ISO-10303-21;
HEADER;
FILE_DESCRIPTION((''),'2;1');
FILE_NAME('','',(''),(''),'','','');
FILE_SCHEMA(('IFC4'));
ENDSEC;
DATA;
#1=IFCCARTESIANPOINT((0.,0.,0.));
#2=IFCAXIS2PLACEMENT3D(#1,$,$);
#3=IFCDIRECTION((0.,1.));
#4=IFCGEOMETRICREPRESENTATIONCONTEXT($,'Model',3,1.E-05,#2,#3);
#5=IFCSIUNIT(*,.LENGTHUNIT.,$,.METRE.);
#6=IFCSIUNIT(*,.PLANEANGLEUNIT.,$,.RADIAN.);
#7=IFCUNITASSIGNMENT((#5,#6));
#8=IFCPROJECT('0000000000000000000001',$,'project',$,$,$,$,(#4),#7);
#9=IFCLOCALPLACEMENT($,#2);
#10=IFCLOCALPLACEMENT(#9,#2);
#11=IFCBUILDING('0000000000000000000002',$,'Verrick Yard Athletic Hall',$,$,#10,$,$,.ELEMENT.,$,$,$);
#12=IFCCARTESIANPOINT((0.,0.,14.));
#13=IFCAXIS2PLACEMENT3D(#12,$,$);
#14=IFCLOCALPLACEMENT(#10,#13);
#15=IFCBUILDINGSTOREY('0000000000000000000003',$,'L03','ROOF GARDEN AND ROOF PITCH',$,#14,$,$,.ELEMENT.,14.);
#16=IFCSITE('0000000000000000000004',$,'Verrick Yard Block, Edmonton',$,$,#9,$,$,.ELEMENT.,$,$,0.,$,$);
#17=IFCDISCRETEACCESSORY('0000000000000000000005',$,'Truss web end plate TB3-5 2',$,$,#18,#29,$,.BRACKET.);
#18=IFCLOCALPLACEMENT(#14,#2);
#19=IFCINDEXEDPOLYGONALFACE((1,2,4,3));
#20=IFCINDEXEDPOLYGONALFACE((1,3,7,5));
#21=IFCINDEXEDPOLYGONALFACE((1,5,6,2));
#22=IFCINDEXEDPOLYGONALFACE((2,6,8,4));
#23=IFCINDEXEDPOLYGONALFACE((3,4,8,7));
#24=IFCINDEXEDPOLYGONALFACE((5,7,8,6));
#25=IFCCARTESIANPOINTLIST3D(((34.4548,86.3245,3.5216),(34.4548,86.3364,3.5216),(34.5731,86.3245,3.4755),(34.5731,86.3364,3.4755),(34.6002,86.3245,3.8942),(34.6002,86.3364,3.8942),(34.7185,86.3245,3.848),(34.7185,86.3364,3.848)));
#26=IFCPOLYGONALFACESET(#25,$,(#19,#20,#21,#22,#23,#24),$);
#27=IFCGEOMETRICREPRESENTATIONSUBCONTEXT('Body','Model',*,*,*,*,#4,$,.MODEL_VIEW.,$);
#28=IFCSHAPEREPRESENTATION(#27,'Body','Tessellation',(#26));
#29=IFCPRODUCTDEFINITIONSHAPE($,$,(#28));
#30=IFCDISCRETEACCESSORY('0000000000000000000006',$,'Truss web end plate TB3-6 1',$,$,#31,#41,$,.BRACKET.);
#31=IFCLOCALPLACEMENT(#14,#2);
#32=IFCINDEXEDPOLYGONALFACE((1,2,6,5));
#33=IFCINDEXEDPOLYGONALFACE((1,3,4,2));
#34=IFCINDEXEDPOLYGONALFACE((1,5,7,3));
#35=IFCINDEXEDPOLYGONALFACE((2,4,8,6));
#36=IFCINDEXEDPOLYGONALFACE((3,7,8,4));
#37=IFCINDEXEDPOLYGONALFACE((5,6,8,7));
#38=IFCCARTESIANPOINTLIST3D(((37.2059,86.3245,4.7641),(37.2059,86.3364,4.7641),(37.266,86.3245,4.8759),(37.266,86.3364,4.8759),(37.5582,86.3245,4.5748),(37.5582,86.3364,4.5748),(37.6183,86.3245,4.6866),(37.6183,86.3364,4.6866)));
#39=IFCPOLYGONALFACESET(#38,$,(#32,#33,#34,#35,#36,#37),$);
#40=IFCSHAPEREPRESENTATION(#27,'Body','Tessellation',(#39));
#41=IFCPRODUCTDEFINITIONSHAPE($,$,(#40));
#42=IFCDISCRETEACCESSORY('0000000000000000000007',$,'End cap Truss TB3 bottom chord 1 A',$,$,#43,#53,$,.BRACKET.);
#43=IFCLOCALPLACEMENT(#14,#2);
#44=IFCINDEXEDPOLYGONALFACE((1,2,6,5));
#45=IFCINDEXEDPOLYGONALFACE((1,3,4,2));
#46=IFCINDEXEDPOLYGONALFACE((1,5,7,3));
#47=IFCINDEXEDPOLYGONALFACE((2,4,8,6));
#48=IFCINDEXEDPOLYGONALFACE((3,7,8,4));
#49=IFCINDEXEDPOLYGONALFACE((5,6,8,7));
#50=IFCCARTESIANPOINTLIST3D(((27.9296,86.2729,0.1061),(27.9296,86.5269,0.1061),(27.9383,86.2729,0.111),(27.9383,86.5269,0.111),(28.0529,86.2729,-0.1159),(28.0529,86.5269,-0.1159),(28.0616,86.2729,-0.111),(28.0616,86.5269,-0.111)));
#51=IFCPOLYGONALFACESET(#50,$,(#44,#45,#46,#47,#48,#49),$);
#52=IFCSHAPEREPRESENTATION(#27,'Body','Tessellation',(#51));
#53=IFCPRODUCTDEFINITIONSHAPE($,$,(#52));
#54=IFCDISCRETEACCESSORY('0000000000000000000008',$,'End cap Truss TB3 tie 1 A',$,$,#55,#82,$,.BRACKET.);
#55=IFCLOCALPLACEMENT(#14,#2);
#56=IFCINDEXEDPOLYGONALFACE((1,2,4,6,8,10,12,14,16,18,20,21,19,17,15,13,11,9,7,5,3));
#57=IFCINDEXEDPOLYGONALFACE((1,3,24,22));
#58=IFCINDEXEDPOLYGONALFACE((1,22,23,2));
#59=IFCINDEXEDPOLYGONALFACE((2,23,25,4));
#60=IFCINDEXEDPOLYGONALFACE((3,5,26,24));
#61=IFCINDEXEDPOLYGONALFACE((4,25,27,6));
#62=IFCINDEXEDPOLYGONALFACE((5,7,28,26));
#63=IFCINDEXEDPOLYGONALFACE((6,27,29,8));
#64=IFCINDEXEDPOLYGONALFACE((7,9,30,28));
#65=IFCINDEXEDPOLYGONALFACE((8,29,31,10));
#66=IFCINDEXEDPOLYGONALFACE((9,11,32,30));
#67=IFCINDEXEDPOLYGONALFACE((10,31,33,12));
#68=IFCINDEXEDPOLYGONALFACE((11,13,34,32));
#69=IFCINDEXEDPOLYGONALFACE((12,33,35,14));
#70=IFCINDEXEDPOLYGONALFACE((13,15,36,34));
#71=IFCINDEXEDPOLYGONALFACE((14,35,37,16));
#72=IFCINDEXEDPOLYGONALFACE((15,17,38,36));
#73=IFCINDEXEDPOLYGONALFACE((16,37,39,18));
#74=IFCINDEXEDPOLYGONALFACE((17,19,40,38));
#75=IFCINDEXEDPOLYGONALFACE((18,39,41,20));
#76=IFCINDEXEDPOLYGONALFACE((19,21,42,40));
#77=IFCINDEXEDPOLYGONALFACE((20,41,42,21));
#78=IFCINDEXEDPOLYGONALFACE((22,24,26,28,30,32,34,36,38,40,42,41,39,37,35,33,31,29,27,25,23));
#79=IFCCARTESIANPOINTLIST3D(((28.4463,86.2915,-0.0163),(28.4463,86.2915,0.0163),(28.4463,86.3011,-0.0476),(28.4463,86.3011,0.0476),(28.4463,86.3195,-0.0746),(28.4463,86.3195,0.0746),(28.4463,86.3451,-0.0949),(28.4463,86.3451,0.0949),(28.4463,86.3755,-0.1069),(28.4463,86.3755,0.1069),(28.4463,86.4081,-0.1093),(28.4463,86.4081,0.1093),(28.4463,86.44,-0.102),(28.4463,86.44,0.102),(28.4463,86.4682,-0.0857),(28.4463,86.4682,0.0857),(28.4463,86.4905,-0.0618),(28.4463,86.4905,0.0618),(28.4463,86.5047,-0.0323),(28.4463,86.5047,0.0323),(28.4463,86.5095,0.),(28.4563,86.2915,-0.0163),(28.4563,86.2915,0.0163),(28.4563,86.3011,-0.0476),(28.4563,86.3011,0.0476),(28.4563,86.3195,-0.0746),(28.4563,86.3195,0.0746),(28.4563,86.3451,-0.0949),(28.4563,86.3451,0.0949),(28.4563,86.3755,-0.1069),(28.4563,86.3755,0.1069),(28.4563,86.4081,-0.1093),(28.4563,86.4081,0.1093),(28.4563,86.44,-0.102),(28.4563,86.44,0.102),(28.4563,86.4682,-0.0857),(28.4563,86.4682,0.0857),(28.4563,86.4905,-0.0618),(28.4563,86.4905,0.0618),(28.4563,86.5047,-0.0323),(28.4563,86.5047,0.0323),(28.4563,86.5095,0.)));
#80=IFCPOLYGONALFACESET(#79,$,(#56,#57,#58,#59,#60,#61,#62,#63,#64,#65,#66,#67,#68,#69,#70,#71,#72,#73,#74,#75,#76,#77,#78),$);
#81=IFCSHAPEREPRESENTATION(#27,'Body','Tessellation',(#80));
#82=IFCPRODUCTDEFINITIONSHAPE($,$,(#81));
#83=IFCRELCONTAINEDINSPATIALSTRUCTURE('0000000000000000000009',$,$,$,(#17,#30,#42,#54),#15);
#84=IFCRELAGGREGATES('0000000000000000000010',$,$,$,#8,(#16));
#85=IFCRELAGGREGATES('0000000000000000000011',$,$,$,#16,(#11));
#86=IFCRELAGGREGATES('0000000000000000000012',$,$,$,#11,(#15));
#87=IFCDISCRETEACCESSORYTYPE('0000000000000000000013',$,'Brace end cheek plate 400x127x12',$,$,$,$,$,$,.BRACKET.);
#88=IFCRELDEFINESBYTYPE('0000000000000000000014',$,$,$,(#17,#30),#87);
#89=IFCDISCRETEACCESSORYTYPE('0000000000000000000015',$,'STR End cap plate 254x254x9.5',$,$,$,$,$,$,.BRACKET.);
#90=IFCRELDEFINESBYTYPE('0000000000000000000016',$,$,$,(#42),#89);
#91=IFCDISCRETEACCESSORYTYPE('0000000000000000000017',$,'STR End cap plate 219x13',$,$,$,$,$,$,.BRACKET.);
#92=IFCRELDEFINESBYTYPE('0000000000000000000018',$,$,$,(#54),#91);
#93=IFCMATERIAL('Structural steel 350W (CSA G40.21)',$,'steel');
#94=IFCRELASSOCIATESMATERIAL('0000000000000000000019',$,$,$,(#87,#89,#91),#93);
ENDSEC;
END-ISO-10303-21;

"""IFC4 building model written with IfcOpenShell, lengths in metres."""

from ifc_helpers import new_model, si_unit, direction, frame, origin, origin_2d, place, context, subcontext, project, spatial, rectangle, circle, extrude, material, material_profile, profile_set, type_object, element, save


model = new_model("IFC4")

# Units and contexts
model_context = context("Model", 3, precision=1e-05, world=origin(), true_north=direction((0.0, 1.0)))
body_context = subcontext(model_context, "Body", "Model", "MODEL_VIEW")
ifc_project = project(units=[si_unit("LENGTHUNIT", "METRE"), si_unit("PLANEANGLEUNIT", "RADIAN")], contexts=[model_context])

# Site, building, storey
site_placement = place(None, origin())
site = spatial("IfcSite", under=ifc_project, at=site_placement, Name="Verrick Yard Block, Edmonton", CompositionType="ELEMENT", RefElevation=0.0)
building_placement = place(site_placement, origin())
building = spatial("IfcBuilding", under=site, at=building_placement, Name="Verrick Yard Athletic Hall", CompositionType="ELEMENT")
storey_placement = place(building_placement, frame((0.0, 0.0, 14.0)))
storey = spatial("IfcBuildingStorey", under=building, at=storey_placement, Name="L03", Description="ROOF GARDEN AND ROOF PITCH", CompositionType="ELEMENT", Elevation=14.0)

# Discrete accessories
ifc_material_1 = material(Name="Structural steel 350W (CSA G40.21)", Category="steel")
ifc_material_profile_1 = material_profile(ifc_material_1, rectangle(XDim=0.3999, YDim=0.127, at=origin_2d()), Name="Brace end cheek plate")
ifc_profile_set_1 = profile_set([ifc_material_profile_1], Name="Structural steel 350W (CSA G40.21)")
discrete_accessory_type_1 = type_object("IfcDiscreteAccessoryType", Name="Brace end cheek plate 400x127x12", PredefinedType="BRACKET", material=ifc_profile_set_1)
for number, where, z_axis, x_axis, name in (
    (1, (34.5867, 86.3364, 3.6848), (0.0, -1.0, 0.0), (0.363563, 0.0, 0.93157), "Truss web end plate TB3-5 2"),
    (2, (37.4121, 86.3364, 4.7253), (0.0, -1.0, 0.0), (-0.88092, 0.0, 0.473265), "Truss web end plate TB3-6 1"),
):
    element("IfcDiscreteAccessory", number, at=place(storey_placement, frame(where, z_axis=z_axis, x_axis=x_axis)), inside=storey, type_object=discrete_accessory_type_1, Name=name, PredefinedType="BRACKET", context=body_context, shape_type="SweptSolid", body=[
        extrude(rectangle(XDim=0.3999, YDim=0.127, at=origin_2d()), origin(), (0.0, 0.0, 1.0), 0.012),
    ])
ifc_material_profile_2 = material_profile(ifc_material_1, rectangle(XDim=0.2539, YDim=0.2539, at=origin_2d()), Name="STR End cap plate 254x254x9.5")
ifc_profile_set_2 = profile_set([ifc_material_profile_2], Name="Structural steel 350W (CSA G40.21)")
discrete_accessory_type_2 = type_object("IfcDiscreteAccessoryType", Name="STR End cap plate 254x254x9.5", PredefinedType="BRACKET", material=ifc_profile_set_2)
discrete_accessory_1_placement = place(storey_placement, frame((27.9912, 86.3999, -0.0049), z_axis=(0.874157, 0.0, 0.485643), x_axis=(0.0, 1.0, 0.0)))
element("IfcDiscreteAccessory", 3, at=discrete_accessory_1_placement, inside=storey, type_object=discrete_accessory_type_2, Name="End cap Truss TB3 bottom chord 1 A", PredefinedType="BRACKET", context=body_context, shape_type="SweptSolid", body=[
    extrude(rectangle(XDim=0.2539, YDim=0.2539, at=origin_2d()), origin(), (0.0, 0.0, 1.0), 0.01),
])
ifc_material_profile_3 = material_profile(ifc_material_1, circle(Radius=0.1096, at=origin_2d()), Name="STR End cap plate 219x13")
ifc_profile_set_3 = profile_set([ifc_material_profile_3], Name="Structural steel 350W (CSA G40.21)")
discrete_accessory_type_3 = type_object("IfcDiscreteAccessoryType", Name="STR End cap plate 219x13", PredefinedType="BRACKET", material=ifc_profile_set_3)
discrete_accessory_2_placement = place(storey_placement, frame((28.4463, 86.3999, 0.0), z_axis=(1.0, 0.0, 0.0), x_axis=(0.0, 1.0, 0.0)))
element("IfcDiscreteAccessory", 4, at=discrete_accessory_2_placement, inside=storey, type_object=discrete_accessory_type_3, Name="End cap Truss TB3 tie 1 A", PredefinedType="BRACKET", context=body_context, shape_type="SweptSolid", body=[
    extrude(circle(Radius=0.1096, at=origin_2d()), origin(), (0.0, 0.0, 1.0), 0.01),
])

save(model, "model.ifc")
